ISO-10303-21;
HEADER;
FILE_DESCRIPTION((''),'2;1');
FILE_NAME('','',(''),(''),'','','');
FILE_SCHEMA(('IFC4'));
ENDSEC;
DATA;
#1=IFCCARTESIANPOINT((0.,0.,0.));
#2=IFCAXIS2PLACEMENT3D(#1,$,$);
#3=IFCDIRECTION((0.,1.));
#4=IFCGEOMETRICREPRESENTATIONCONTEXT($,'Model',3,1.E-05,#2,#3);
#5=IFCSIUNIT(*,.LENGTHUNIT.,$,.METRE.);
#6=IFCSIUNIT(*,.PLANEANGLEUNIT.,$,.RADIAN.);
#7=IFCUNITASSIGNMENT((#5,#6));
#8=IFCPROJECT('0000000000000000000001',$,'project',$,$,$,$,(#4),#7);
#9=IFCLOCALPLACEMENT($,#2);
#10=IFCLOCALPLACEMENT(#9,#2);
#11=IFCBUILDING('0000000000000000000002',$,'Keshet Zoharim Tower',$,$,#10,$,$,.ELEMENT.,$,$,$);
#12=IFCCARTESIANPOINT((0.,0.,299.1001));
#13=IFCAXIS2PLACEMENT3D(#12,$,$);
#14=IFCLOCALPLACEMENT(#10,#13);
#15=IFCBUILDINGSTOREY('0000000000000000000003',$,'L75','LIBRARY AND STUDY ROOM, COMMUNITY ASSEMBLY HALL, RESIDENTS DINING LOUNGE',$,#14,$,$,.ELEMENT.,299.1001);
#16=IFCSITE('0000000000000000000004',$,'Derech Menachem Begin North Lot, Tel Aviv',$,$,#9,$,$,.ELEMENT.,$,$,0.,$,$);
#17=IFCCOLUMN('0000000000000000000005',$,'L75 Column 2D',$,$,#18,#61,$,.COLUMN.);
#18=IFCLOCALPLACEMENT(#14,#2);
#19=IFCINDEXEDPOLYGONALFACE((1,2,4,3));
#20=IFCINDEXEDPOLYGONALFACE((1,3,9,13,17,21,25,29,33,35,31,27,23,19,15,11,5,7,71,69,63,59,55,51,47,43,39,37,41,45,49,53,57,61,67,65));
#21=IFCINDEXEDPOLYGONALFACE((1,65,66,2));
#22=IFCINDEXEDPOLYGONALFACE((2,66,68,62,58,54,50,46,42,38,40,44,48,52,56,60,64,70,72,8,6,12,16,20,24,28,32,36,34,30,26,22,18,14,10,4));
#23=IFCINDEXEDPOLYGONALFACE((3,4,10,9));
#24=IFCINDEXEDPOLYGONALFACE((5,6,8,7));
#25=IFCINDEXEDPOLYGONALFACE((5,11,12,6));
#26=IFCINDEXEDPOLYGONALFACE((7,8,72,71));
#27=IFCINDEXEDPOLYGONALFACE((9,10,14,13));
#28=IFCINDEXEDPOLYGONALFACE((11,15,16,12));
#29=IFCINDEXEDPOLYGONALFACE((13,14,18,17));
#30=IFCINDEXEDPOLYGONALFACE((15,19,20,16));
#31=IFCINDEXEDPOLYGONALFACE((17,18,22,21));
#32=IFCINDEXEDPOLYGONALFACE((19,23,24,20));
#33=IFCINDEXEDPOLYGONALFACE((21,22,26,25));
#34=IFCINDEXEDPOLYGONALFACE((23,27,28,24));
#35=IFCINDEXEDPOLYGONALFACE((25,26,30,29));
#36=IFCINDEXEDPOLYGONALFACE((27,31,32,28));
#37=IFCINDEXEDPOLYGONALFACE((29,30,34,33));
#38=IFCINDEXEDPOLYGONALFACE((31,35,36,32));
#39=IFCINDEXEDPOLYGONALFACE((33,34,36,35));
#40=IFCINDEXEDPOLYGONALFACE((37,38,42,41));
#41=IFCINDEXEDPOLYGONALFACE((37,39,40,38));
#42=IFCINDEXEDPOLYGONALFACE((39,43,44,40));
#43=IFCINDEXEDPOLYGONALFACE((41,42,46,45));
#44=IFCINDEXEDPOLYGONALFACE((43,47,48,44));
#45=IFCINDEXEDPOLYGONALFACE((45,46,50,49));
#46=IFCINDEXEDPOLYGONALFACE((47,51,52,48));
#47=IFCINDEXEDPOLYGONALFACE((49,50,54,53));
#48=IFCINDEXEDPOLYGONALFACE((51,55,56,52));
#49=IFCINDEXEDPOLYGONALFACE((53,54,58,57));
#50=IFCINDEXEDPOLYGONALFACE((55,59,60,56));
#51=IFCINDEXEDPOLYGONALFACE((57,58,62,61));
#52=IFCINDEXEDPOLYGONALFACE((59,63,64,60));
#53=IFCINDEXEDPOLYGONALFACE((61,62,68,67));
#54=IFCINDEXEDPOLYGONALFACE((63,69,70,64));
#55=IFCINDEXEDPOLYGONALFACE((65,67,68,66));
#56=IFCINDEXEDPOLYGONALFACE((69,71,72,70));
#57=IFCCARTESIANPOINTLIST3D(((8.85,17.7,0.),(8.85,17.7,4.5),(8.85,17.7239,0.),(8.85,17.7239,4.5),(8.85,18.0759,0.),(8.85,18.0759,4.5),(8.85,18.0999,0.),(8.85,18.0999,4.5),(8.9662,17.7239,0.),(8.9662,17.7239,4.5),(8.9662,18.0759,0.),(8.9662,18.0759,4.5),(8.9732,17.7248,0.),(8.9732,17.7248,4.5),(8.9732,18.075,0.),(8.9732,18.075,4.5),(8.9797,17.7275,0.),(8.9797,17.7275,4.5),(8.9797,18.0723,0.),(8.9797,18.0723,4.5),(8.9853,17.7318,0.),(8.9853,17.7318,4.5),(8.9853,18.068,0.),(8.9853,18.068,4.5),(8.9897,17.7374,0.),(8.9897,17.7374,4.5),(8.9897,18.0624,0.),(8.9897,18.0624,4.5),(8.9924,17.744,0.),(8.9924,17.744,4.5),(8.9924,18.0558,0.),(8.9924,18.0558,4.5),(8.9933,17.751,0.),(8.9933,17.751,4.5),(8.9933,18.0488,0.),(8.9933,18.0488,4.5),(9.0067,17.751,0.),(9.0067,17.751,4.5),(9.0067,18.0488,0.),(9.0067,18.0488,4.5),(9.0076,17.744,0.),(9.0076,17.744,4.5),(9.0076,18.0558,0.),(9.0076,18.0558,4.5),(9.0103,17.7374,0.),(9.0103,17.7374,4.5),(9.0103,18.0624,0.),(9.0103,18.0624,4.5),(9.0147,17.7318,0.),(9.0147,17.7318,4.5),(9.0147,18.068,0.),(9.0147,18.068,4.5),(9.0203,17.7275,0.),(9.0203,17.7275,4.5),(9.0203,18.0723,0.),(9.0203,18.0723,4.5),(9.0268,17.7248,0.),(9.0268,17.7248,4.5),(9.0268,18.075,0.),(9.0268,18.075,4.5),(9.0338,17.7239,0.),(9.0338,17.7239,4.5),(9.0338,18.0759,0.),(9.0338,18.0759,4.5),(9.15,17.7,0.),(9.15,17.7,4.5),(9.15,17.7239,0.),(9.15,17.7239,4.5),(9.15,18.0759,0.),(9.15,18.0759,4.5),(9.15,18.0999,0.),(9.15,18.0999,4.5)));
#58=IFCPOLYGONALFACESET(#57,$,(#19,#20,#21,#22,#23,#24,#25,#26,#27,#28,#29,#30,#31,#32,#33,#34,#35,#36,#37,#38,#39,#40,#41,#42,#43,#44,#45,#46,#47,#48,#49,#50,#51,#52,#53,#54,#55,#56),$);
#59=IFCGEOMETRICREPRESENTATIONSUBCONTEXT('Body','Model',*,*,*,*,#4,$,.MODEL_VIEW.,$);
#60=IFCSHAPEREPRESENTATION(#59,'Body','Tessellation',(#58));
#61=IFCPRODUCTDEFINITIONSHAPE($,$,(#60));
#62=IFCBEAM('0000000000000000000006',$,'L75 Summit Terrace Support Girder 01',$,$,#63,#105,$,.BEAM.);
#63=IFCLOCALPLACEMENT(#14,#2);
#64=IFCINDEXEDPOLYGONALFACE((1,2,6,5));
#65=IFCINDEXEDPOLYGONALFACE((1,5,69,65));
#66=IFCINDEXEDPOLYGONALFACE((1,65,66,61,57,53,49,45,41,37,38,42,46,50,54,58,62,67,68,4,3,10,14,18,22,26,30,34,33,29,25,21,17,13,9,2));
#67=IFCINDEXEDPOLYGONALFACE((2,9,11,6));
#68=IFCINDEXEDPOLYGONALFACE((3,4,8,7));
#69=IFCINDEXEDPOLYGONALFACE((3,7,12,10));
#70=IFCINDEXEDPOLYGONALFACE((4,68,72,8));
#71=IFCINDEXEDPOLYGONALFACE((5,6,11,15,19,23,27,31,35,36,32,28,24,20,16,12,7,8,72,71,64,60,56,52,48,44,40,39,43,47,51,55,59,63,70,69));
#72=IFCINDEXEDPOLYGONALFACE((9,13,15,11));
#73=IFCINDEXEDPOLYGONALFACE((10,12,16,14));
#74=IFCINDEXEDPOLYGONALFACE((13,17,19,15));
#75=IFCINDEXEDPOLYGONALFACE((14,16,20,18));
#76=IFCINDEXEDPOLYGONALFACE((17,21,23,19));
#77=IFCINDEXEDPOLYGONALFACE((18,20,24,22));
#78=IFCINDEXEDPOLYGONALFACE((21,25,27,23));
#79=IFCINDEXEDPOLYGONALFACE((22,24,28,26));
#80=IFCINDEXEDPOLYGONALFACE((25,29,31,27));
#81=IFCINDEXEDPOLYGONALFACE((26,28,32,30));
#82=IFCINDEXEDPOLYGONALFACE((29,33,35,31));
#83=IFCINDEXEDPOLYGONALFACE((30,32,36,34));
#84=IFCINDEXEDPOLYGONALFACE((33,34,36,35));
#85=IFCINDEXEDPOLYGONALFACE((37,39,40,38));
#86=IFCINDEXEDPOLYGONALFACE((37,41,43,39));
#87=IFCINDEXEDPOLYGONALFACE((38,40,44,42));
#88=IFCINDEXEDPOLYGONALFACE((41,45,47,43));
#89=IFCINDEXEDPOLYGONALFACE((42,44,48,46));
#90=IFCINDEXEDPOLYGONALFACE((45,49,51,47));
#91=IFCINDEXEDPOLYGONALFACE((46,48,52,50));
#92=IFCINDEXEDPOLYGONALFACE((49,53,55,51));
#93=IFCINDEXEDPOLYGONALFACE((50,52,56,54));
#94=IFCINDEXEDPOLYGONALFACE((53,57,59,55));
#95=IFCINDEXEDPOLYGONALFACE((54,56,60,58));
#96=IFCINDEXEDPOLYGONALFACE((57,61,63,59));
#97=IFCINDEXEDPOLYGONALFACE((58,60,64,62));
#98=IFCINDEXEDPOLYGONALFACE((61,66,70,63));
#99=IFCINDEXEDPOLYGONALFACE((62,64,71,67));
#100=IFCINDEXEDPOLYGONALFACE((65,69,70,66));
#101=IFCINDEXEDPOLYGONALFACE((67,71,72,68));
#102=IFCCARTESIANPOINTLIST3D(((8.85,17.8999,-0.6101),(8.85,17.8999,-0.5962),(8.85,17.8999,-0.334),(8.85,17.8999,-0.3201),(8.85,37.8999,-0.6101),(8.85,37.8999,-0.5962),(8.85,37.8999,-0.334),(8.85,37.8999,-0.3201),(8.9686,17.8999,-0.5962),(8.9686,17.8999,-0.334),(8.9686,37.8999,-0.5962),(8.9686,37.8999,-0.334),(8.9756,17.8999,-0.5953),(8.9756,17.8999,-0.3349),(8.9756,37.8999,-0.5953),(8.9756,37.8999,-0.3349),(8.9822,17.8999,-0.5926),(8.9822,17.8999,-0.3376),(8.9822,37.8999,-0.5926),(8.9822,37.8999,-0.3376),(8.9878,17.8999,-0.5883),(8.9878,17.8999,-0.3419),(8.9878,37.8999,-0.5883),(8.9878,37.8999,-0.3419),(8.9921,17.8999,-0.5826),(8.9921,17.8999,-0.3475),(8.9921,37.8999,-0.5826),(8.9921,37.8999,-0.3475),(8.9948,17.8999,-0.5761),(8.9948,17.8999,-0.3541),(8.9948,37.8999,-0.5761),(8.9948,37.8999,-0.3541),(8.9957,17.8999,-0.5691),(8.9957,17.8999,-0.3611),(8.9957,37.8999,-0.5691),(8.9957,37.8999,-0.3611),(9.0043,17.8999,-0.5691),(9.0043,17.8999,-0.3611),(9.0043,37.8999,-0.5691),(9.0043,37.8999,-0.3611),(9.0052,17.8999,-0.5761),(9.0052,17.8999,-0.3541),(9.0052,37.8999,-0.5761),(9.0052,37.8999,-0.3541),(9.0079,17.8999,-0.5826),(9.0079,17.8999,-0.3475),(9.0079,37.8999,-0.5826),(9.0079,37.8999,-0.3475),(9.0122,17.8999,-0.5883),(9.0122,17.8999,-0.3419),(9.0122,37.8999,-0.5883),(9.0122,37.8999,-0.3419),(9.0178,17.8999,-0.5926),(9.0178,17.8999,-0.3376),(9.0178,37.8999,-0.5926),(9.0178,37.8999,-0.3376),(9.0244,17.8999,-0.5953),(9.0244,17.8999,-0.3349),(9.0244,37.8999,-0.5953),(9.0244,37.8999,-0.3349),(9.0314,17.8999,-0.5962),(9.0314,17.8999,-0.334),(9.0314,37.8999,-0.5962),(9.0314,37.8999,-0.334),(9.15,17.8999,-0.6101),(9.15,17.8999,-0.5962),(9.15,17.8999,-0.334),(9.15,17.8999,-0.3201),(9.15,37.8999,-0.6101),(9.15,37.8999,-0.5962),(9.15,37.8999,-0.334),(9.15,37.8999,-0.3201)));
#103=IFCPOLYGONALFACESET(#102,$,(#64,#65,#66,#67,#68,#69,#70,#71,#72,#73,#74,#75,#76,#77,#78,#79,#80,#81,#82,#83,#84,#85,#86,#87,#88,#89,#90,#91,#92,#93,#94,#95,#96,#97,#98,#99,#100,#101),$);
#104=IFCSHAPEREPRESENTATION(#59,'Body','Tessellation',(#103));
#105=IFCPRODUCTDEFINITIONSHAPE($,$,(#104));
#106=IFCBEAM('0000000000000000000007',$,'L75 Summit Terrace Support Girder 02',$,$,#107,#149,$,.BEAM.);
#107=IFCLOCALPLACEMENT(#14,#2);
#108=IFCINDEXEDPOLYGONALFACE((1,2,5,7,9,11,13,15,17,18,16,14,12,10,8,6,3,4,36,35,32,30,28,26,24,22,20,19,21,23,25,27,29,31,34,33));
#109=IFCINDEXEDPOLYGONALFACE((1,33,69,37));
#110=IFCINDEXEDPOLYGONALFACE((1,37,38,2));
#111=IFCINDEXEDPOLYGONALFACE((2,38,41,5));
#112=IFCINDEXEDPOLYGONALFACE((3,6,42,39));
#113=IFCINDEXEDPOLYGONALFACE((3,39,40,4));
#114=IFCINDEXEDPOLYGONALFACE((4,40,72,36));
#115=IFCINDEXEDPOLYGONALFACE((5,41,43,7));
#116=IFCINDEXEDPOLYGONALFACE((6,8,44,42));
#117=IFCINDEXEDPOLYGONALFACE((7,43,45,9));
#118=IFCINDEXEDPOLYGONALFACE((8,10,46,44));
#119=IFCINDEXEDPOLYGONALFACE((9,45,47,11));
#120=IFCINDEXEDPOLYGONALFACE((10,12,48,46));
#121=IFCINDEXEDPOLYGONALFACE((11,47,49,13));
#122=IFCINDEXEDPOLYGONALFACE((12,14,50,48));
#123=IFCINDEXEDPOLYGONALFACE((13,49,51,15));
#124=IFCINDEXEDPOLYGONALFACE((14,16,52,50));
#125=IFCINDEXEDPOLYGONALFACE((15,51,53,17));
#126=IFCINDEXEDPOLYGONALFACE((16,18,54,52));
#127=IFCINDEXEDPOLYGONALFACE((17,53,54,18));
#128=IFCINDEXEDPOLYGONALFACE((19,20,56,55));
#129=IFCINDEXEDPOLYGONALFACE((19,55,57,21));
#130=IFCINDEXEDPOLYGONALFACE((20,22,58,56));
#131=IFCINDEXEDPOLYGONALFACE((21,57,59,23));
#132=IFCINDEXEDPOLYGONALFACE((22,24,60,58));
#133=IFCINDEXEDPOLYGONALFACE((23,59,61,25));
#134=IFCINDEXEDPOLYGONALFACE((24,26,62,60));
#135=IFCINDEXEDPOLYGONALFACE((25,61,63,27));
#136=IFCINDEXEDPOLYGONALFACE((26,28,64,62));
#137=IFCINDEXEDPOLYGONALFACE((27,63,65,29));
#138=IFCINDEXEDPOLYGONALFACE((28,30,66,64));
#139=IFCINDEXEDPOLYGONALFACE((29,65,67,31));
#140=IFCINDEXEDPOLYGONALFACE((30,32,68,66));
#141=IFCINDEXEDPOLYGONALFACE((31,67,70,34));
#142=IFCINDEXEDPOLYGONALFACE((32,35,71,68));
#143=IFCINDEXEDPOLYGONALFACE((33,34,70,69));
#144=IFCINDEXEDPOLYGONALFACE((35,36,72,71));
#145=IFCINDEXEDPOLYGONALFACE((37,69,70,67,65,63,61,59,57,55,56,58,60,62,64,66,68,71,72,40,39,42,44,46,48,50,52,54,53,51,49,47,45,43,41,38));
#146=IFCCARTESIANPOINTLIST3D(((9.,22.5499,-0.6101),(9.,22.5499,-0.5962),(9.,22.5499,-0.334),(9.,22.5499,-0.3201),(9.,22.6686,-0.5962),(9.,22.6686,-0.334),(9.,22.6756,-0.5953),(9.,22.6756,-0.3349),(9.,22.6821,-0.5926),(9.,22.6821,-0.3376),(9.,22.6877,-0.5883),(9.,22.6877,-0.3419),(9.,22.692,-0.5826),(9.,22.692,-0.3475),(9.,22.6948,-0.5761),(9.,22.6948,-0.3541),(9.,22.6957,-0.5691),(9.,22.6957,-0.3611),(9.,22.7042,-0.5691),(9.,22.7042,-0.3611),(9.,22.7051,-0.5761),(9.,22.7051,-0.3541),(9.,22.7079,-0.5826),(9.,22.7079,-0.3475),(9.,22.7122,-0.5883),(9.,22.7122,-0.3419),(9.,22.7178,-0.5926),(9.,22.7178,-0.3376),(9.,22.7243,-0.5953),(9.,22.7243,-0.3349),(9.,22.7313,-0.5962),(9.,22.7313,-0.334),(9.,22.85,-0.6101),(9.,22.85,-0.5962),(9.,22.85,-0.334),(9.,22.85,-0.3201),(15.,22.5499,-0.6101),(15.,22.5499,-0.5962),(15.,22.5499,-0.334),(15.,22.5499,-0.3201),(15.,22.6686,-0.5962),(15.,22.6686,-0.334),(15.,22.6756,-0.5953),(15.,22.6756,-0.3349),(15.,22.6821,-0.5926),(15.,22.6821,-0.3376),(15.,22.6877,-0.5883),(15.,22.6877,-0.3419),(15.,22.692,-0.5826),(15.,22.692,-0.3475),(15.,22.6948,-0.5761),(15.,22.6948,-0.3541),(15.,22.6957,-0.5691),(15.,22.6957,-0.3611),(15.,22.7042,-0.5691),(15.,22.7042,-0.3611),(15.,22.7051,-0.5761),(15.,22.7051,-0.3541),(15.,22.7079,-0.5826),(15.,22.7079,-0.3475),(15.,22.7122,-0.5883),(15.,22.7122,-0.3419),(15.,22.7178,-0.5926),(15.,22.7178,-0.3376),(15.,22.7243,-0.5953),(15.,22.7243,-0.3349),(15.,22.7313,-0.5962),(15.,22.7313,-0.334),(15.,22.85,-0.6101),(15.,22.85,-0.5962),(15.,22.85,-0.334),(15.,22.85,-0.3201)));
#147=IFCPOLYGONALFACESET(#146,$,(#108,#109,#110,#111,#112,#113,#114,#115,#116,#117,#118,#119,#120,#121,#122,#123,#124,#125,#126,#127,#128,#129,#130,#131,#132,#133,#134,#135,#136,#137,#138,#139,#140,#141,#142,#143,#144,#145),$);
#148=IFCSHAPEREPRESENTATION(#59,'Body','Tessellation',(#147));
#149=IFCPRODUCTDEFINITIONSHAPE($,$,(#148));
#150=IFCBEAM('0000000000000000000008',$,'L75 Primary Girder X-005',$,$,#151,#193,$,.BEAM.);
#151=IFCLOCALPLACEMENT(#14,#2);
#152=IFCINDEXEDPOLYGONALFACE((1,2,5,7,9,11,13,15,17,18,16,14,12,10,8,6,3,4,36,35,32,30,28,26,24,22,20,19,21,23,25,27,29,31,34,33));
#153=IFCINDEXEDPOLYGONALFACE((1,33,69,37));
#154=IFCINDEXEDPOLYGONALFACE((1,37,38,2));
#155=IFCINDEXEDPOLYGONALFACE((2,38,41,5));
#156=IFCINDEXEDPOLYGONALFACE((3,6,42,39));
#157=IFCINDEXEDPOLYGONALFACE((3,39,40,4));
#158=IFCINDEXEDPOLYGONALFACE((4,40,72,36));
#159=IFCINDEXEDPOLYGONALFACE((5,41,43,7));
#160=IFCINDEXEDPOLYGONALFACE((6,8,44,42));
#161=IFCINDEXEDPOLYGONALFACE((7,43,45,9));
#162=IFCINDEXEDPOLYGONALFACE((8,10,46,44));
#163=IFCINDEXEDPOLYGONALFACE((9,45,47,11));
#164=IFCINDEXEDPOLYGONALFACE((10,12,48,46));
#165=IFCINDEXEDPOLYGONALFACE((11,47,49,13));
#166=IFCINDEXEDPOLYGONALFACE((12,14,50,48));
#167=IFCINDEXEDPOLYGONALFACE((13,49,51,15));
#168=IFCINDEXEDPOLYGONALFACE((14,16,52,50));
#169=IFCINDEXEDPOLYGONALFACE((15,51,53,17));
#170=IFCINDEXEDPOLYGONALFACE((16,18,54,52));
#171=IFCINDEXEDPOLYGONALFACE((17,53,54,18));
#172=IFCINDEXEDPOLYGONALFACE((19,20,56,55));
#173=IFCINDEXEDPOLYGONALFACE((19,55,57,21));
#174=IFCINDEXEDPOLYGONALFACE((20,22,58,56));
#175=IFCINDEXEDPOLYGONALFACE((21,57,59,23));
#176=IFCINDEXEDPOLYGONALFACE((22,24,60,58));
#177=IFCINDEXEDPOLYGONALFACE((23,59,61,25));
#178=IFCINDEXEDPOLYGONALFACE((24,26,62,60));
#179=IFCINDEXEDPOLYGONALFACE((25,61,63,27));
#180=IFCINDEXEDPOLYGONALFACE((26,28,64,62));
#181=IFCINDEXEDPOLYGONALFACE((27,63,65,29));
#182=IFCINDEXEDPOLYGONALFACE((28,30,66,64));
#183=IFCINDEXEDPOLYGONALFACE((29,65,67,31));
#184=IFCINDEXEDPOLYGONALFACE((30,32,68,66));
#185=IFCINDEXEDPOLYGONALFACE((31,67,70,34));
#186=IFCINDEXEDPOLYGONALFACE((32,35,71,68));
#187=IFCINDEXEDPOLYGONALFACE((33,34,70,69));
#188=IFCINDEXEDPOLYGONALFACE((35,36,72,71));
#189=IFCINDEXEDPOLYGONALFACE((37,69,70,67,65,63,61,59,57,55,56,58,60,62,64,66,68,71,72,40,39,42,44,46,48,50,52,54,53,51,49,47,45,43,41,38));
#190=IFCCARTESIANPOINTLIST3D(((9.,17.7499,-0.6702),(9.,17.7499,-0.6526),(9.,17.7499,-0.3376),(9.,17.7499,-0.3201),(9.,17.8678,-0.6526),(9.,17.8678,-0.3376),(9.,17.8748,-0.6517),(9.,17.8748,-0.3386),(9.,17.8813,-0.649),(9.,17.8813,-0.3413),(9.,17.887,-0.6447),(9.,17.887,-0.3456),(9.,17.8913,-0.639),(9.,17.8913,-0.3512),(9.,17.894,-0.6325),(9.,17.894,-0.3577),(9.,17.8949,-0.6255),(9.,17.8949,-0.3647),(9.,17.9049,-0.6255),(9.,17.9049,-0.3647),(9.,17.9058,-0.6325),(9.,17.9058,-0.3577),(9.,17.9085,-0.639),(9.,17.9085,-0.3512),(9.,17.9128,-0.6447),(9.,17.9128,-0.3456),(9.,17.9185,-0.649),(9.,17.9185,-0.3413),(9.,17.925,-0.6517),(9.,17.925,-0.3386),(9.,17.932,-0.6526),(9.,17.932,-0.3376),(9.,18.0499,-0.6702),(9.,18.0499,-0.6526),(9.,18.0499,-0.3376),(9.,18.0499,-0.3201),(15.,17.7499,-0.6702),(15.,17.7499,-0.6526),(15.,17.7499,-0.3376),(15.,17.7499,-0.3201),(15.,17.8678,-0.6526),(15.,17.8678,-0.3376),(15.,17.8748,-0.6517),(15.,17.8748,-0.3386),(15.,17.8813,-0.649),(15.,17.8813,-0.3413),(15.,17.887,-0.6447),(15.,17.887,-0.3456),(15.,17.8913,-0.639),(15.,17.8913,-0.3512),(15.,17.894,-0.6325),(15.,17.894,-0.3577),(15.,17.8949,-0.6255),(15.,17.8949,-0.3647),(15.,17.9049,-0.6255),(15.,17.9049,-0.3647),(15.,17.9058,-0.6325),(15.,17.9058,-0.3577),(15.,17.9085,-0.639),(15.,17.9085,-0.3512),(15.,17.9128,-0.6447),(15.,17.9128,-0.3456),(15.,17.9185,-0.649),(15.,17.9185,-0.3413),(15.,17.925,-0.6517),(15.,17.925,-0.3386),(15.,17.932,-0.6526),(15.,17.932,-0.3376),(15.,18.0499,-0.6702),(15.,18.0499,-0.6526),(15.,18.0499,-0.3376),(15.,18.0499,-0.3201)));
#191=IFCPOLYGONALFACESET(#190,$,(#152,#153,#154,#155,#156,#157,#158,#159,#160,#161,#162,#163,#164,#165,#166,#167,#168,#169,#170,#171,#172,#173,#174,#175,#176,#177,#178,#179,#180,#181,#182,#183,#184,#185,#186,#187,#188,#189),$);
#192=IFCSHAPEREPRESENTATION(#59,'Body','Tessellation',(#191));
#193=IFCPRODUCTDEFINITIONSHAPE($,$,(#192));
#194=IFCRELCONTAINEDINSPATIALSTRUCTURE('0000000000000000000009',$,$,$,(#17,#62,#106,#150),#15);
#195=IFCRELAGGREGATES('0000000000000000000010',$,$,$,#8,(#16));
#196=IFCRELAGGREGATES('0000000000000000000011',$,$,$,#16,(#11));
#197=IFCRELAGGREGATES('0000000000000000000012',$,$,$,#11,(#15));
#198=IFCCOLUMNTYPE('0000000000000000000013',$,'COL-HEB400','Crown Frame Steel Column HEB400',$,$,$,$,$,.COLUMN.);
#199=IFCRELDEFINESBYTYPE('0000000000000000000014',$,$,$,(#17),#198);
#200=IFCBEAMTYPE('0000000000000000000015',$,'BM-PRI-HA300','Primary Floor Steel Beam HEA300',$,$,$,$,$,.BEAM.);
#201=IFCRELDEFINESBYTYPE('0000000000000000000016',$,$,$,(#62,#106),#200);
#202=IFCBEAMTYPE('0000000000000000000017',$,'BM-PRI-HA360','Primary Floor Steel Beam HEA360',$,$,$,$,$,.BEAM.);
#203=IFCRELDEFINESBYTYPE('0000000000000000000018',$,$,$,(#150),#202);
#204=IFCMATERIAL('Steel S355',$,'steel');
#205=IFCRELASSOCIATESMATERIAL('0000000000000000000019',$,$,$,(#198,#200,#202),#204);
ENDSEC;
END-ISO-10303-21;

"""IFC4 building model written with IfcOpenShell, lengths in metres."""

from ifc_helpers import new_model, si_unit, direction, frame, origin, origin_2d, place, context, subcontext, project, spatial, i_section, extrude, material, material_profile, profile_set, type_object, element, save


model = new_model("IFC4")

# Units and contexts
model_context = context("Model", 3, precision=1e-05, world=origin(), true_north=direction((0.0, 1.0)))
body_context = subcontext(model_context, "Body", "Model", "MODEL_VIEW")
ifc_project = project(units=[si_unit("LENGTHUNIT", "METRE"), si_unit("PLANEANGLEUNIT", "RADIAN")], contexts=[model_context])

# Site, building, storey
site_placement = place(None, origin())
site = spatial("IfcSite", under=ifc_project, at=site_placement, Name="Derech Menachem Begin North Lot, Tel Aviv", CompositionType="ELEMENT", RefElevation=0.0)
building_placement = place(site_placement, origin())
building = spatial("IfcBuilding", under=site, at=building_placement, Name="Keshet Zoharim Tower", CompositionType="ELEMENT")
storey_placement = place(building_placement, frame((0.0, 0.0, 299.1001)))
storey = spatial("IfcBuildingStorey", under=building, at=storey_placement, Name="L75", Description="LIBRARY AND STUDY ROOM, COMMUNITY ASSEMBLY HALL, RESIDENTS DINING LOUNGE", CompositionType="ELEMENT", Elevation=299.1001)

# Column
ifc_material_1 = material(Name="Steel S355", Category="steel")
ifc_material_profile_1 = material_profile(ifc_material_1, i_section(OverallWidth=0.3, OverallDepth=0.3999, WebThickness=0.0134, FlangeThickness=0.0239, FilletRadius=0.0271, at=origin_2d()), Name="HEB400")
ifc_profile_set_1 = profile_set([ifc_material_profile_1], Name="Steel S355")
column_type = type_object("IfcColumnType", Name="COL-HEB400", Description="Crown Frame Steel Column HEB400", PredefinedType="COLUMN", material=ifc_profile_set_1)
column_placement = place(storey_placement, frame((9.0, 17.8999, 0.0), z_axis=(0.0, 0.0, 1.0), x_axis=(1.0, 0.0, 0.0)))
element("IfcColumn", 1, at=column_placement, inside=storey, type_object=column_type, Name="L75 Column 2D", PredefinedType="COLUMN", context=body_context, shape_type="SweptSolid", body=[
    extrude(i_section(OverallWidth=0.3, OverallDepth=0.3999, WebThickness=0.0134, FlangeThickness=0.0239, FilletRadius=0.0271, at=origin_2d()), origin(), (0.0, 0.0, 1.0), 4.5),
])

# Beams
ifc_material_profile_2 = material_profile(ifc_material_1, i_section(OverallWidth=0.3, OverallDepth=0.29, WebThickness=0.0085, FlangeThickness=0.0139, FilletRadius=0.0271, at=origin_2d()), Name="HEA300")
ifc_profile_set_2 = profile_set([ifc_material_profile_2], Name="Steel S355")
beam_type_1 = type_object("IfcBeamType", Name="BM-PRI-HA300", Description="Primary Floor Steel Beam HEA300", PredefinedType="BEAM", material=ifc_profile_set_2)
beam_1_placement = place(storey_placement, frame((9.0, 17.8999, -0.4651), z_axis=(0.0, 1.0, 0.0), x_axis=(-1.0, 0.0, 0.0)))
element("IfcBeam", 2, at=beam_1_placement, inside=storey, type_object=beam_type_1, Name="L75 Summit Terrace Support Girder 01", PredefinedType="BEAM", context=body_context, shape_type="SweptSolid", body=[
    extrude(i_section(OverallWidth=0.3, OverallDepth=0.29, WebThickness=0.0085, FlangeThickness=0.0139, FilletRadius=0.0271, at=origin_2d()), origin(), (0.0, 0.0, 1.0), 20.0),
])
beam_2_placement = place(storey_placement, frame((9.0, 22.7, -0.4651), z_axis=(1.0, 0.0, 0.0), x_axis=(0.0, 1.0, 0.0)))
element("IfcBeam", 3, at=beam_2_placement, inside=storey, type_object=beam_type_1, Name="L75 Summit Terrace Support Girder 02", PredefinedType="BEAM", context=body_context, shape_type="SweptSolid", body=[
    extrude(i_section(OverallWidth=0.3, OverallDepth=0.29, WebThickness=0.0085, FlangeThickness=0.0139, FilletRadius=0.0271, at=origin_2d()), origin(), (0.0, 0.0, 1.0), 6.0),
])
ifc_material_profile_3 = material_profile(ifc_material_1, i_section(OverallWidth=0.3, OverallDepth=0.3501, WebThickness=0.01, FlangeThickness=0.0176, FilletRadius=0.0271, at=origin_2d()), Name="HEA360")
ifc_profile_set_3 = profile_set([ifc_material_profile_3], Name="Steel S355")
beam_type_2 = type_object("IfcBeamType", Name="BM-PRI-HA360", Description="Primary Floor Steel Beam HEA360", PredefinedType="BEAM", material=ifc_profile_set_3)
beam_3_placement = place(storey_placement, frame((9.0, 17.8999, -0.4951), z_axis=(1.0, 0.0, 0.0), x_axis=(0.0, 1.0, 0.0)))
element("IfcBeam", 4, at=beam_3_placement, inside=storey, type_object=beam_type_2, Name="L75 Primary Girder X-005", PredefinedType="BEAM", context=body_context, shape_type="SweptSolid", body=[
    extrude(i_section(OverallWidth=0.3, OverallDepth=0.3501, WebThickness=0.01, FlangeThickness=0.0176, FilletRadius=0.0271, at=origin_2d()), origin(), (0.0, 0.0, 1.0), 6.0),
])

save(model, "model.ifc")
